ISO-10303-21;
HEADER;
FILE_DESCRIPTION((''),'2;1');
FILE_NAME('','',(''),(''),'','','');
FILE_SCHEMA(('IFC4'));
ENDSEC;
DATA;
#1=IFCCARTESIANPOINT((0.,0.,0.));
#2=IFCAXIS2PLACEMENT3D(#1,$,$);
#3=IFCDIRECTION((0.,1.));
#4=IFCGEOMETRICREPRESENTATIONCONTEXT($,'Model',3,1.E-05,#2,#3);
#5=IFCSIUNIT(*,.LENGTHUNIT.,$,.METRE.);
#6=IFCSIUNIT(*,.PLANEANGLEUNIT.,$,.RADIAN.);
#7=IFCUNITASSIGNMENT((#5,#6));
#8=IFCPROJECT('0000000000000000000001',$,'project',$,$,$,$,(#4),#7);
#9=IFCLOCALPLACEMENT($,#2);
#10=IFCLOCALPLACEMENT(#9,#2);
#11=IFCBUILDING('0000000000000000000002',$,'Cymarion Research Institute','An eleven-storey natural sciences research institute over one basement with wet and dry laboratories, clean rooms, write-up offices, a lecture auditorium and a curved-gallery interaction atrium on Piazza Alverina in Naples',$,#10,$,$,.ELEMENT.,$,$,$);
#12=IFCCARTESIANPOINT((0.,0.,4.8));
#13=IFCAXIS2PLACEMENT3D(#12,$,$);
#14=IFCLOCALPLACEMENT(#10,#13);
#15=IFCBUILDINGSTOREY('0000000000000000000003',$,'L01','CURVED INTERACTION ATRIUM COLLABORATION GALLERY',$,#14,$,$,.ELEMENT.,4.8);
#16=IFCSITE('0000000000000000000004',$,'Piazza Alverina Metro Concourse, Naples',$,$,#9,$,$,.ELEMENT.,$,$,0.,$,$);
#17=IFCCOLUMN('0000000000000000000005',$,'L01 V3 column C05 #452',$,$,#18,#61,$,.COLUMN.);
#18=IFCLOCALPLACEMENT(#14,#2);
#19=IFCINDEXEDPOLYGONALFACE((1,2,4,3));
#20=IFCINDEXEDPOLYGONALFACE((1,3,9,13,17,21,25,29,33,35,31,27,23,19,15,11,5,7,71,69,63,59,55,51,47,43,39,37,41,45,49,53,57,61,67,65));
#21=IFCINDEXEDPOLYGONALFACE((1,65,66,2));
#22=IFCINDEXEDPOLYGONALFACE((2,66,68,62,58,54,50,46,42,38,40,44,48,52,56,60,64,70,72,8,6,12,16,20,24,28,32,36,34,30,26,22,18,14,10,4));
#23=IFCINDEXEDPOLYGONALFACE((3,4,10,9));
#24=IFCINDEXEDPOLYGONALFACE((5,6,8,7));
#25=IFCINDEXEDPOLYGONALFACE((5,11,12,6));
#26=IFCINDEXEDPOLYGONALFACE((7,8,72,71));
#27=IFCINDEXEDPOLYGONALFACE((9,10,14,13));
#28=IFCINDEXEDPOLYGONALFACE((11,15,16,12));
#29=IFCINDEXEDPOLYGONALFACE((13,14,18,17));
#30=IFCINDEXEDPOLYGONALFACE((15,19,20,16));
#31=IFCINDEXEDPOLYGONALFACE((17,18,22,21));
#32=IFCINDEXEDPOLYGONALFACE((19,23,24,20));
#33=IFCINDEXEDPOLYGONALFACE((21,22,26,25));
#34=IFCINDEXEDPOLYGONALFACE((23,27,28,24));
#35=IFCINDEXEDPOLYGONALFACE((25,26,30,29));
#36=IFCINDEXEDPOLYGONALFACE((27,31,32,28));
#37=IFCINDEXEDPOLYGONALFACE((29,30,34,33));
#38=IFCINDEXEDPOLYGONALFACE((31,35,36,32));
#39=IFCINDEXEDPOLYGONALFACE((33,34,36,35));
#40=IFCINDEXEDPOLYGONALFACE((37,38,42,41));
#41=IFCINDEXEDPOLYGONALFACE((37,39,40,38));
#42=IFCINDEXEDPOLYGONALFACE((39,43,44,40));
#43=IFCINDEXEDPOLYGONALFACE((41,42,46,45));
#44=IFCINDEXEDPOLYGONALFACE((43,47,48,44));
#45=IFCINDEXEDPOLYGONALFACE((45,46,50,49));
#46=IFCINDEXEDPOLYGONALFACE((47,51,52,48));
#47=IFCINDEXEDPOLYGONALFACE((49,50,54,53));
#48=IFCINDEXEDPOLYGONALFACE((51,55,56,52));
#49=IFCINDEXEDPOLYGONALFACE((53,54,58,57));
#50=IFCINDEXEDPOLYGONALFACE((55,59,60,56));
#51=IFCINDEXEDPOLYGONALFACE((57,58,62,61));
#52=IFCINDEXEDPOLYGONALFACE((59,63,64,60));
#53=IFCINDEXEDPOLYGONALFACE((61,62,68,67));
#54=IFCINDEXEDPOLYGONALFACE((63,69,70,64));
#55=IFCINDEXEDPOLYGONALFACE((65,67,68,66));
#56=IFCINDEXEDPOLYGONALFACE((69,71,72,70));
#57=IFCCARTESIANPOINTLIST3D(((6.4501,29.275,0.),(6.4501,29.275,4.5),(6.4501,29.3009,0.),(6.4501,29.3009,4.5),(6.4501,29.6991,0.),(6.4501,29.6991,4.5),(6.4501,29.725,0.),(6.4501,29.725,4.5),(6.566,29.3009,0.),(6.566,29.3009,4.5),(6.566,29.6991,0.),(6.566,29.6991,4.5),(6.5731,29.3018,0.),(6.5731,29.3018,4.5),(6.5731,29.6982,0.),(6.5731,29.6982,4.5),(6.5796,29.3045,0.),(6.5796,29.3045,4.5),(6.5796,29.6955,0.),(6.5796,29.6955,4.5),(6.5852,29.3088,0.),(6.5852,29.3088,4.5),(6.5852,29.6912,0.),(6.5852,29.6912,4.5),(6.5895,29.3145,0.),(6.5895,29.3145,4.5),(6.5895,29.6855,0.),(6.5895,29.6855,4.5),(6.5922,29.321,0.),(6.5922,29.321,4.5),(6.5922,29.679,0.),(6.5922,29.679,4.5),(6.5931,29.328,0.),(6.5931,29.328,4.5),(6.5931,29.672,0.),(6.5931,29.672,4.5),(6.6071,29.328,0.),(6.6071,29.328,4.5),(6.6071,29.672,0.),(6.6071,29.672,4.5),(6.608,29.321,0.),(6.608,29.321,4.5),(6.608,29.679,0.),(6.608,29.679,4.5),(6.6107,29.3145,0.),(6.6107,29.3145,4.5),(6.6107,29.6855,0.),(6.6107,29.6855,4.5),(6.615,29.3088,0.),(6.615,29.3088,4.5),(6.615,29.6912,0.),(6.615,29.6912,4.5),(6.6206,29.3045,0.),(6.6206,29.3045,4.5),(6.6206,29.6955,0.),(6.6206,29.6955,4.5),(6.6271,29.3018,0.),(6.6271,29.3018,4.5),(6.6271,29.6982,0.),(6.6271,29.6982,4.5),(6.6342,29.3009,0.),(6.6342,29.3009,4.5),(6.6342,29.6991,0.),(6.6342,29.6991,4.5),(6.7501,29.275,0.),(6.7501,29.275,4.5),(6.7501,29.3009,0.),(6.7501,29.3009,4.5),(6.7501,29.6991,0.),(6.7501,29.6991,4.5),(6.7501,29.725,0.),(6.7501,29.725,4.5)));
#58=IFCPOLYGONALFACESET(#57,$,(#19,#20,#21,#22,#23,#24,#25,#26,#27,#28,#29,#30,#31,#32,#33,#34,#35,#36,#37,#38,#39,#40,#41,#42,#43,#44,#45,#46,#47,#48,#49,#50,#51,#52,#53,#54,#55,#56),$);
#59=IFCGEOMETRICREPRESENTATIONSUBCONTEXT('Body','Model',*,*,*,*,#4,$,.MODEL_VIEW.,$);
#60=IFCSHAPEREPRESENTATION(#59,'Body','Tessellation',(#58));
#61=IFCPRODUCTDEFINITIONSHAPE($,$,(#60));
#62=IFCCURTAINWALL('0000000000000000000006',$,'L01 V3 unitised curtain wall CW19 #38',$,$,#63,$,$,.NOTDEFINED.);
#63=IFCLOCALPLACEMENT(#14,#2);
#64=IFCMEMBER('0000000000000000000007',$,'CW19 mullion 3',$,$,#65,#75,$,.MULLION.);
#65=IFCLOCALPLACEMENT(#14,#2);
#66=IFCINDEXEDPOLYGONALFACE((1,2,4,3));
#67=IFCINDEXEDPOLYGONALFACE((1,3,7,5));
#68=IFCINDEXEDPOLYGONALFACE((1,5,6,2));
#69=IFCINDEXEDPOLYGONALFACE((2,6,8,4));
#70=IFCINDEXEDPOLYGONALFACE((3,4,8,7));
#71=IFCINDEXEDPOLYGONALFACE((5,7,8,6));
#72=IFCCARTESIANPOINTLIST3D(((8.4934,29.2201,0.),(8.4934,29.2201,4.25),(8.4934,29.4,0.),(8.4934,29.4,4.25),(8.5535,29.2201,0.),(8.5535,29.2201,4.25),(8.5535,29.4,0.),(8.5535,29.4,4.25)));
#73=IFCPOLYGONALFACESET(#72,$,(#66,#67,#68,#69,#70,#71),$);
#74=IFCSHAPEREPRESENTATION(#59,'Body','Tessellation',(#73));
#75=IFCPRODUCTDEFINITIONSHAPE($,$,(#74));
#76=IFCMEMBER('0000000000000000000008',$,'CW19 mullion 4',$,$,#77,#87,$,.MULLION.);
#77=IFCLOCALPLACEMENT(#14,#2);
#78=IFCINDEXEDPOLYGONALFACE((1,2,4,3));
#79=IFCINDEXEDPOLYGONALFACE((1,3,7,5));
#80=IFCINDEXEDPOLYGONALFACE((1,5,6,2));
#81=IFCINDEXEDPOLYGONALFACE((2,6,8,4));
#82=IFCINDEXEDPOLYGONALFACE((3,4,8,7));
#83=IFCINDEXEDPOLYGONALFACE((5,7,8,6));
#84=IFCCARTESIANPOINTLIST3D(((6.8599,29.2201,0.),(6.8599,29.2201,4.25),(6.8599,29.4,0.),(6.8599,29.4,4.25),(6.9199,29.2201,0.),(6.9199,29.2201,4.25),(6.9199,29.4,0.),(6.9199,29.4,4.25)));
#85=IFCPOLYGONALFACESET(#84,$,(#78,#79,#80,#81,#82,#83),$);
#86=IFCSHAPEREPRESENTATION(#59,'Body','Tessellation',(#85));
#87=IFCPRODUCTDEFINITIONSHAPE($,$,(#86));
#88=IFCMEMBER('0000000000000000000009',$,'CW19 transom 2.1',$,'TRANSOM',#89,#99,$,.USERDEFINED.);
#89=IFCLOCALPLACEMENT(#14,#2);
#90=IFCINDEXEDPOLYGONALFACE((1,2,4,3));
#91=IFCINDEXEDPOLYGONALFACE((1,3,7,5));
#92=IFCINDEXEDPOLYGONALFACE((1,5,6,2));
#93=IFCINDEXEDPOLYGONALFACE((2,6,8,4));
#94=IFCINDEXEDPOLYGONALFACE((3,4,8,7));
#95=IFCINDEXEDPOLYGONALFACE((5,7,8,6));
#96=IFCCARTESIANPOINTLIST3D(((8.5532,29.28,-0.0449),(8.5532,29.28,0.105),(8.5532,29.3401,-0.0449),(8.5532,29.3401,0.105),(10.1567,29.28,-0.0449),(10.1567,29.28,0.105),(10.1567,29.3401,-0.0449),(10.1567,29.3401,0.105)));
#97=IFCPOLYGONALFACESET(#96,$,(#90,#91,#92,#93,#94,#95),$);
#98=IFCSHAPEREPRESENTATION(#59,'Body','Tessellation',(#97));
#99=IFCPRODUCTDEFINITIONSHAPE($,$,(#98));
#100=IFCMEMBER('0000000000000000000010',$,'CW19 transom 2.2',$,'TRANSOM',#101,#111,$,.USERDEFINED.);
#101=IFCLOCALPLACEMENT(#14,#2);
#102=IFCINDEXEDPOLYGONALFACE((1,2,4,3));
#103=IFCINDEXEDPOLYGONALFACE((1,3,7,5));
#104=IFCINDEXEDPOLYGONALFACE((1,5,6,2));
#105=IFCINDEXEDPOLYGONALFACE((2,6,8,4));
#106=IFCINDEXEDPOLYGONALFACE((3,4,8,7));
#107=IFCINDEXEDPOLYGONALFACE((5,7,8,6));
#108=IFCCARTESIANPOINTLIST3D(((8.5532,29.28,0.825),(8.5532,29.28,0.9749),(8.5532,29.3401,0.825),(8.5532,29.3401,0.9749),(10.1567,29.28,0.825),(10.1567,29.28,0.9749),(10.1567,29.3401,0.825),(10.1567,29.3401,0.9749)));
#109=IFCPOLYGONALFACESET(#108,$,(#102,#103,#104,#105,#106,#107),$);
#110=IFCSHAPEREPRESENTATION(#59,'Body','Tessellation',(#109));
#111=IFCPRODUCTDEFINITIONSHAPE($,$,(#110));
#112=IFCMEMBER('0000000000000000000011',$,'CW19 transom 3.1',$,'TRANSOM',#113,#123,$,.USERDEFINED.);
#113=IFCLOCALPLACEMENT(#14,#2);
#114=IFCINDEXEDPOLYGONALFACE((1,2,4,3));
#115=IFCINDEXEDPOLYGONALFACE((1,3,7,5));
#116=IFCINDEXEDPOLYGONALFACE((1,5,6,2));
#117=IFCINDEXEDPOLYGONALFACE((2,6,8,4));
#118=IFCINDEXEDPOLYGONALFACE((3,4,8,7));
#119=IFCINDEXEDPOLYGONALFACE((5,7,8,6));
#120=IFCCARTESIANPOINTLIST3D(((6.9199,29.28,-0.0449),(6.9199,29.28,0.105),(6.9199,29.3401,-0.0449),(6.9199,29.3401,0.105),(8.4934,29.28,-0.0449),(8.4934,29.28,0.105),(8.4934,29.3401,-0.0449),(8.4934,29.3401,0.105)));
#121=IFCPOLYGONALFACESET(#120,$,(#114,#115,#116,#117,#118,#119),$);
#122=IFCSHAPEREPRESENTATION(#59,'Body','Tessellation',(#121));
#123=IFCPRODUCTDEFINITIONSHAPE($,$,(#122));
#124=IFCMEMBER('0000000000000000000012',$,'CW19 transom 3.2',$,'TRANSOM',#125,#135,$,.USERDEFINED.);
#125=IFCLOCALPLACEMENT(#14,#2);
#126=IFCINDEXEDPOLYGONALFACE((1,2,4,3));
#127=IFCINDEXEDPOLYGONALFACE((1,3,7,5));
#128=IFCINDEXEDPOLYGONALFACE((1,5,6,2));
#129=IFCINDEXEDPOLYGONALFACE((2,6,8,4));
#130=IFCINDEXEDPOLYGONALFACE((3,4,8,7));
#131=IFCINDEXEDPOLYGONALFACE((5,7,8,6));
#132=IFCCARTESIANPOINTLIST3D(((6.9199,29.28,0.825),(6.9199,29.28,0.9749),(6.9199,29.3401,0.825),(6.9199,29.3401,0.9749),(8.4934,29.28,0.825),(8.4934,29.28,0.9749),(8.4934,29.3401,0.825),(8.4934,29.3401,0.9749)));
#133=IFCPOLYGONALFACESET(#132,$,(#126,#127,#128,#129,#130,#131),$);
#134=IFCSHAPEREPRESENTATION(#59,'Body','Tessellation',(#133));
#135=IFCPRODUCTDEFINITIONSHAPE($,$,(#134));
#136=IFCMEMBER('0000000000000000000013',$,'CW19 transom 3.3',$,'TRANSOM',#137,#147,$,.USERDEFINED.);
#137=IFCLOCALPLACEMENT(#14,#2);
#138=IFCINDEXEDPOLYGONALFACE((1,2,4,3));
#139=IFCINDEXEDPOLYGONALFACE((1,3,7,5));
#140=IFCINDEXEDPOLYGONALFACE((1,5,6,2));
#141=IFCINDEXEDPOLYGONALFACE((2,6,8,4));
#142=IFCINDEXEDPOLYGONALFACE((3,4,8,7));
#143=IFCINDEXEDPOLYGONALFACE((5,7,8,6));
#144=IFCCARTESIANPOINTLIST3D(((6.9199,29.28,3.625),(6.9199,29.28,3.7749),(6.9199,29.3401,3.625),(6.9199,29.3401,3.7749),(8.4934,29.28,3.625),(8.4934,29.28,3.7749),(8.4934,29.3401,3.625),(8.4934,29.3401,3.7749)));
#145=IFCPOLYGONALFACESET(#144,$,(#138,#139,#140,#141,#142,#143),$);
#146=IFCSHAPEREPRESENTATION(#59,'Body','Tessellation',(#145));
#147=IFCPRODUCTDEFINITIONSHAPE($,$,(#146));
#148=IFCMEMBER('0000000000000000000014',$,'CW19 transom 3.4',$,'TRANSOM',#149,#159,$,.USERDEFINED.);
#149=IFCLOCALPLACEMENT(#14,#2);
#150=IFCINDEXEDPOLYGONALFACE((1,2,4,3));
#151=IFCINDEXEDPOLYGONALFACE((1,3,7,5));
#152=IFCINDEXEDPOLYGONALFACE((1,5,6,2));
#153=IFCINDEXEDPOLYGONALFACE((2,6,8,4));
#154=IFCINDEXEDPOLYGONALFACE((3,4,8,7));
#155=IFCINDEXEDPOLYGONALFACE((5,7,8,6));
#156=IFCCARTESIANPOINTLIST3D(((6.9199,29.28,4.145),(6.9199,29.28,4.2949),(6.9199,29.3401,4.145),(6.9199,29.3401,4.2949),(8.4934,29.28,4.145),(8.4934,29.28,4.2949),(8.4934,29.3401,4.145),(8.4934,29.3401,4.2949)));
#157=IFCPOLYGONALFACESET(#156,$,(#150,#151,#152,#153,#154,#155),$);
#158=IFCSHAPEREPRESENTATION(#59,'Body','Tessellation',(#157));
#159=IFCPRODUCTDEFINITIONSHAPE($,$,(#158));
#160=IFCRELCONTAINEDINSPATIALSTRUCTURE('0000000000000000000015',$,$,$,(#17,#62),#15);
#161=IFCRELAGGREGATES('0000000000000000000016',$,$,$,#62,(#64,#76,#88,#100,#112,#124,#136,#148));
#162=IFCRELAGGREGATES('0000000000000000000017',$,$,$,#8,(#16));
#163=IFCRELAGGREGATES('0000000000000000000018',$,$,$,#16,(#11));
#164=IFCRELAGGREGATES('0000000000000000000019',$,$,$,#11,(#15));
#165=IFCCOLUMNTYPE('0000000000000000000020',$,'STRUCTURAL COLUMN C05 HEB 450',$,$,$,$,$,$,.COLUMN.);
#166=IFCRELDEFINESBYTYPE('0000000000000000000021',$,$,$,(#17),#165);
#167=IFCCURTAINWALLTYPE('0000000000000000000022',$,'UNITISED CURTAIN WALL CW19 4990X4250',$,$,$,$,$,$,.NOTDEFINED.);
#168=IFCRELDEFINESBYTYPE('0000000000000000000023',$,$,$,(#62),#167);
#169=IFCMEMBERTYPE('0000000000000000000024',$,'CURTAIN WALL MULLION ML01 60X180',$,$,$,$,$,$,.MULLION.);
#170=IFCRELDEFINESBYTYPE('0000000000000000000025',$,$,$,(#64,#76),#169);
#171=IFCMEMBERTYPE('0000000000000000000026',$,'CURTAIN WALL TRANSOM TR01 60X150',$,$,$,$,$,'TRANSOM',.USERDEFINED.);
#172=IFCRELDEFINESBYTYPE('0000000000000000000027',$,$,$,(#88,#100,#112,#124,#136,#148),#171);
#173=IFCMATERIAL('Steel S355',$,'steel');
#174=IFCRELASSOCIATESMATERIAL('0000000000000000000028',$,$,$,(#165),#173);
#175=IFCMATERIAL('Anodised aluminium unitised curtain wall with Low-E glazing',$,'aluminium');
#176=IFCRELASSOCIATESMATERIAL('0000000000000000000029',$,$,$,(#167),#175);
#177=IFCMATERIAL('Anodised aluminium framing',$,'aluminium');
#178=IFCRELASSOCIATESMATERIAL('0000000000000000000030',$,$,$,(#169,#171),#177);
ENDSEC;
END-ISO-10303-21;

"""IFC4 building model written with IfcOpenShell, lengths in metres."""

from ifc_helpers import new_model, si_unit, direction, frame, origin, origin_2d, place, context, subcontext, project, spatial, rectangle, i_section, extrude, material, material_profile, profile_set, type_object, element, aggregate, save


model = new_model("IFC4")

# Units and contexts
model_context = context("Model", 3, precision=1e-05, world=origin(), true_north=direction((0.0, 1.0)))
body_context = subcontext(model_context, "Body", "Model", "MODEL_VIEW")
ifc_project = project(units=[si_unit("LENGTHUNIT", "METRE"), si_unit("PLANEANGLEUNIT", "RADIAN")], contexts=[model_context])

# Site, building, storey
site_placement = place(None, origin())
site = spatial("IfcSite", under=ifc_project, at=site_placement, Name="Piazza Alverina Metro Concourse, Naples", CompositionType="ELEMENT", RefElevation=0.0)
building_placement = place(site_placement, origin())
building = spatial("IfcBuilding", under=site, at=building_placement, Name="Cymarion Research Institute", Description="An eleven-storey natural sciences research institute over one basement with wet and dry laboratories, clean rooms, write-up offices, a lecture auditorium and a curved-gallery interaction atrium on Piazza Alverina in Naples", CompositionType="ELEMENT")
storey_placement = place(building_placement, frame((0.0, 0.0, 4.8)))
storey = spatial("IfcBuildingStorey", under=building, at=storey_placement, Name="L01", Description="CURVED INTERACTION ATRIUM COLLABORATION GALLERY", CompositionType="ELEMENT", Elevation=4.8)

# Column
ifc_material_1 = material(Name="Steel S355", Category="steel")
ifc_material_profile_1 = material_profile(ifc_material_1, i_section(OverallWidth=0.3, OverallDepth=0.45, WebThickness=0.0139, FlangeThickness=0.0259, FilletRadius=0.0271, at=origin_2d()), Name="HEB 450")
ifc_profile_set_1 = profile_set([ifc_material_profile_1], Name="Steel S355")
column_type = type_object("IfcColumnType", Name="STRUCTURAL COLUMN C05 HEB 450", PredefinedType="COLUMN", material=ifc_profile_set_1)
column_placement = place(storey_placement, frame((6.6001, 29.5, 0.0), z_axis=(0.0, 0.0, 1.0), x_axis=(1.0, 0.0, 0.0)))
element("IfcColumn", 1, at=column_placement, inside=storey, type_object=column_type, Name="L01 V3 column C05 #452", PredefinedType="COLUMN", context=body_context, shape_type="SweptSolid", body=[
    extrude(i_section(OverallWidth=0.3, OverallDepth=0.45, WebThickness=0.0139, FlangeThickness=0.0259, FilletRadius=0.0271, at=origin_2d()), origin(), (0.0, 0.0, 1.0), 4.5),
])

# Curtain wall, members
ifc_material_2 = material(Name="Anodised aluminium unitised curtain wall with Low-E glazing", Category="aluminium")
curtain_wall_type = type_object("IfcCurtainWallType", Name="UNITISED CURTAIN WALL CW19 4990X4250", PredefinedType="NOTDEFINED", material=ifc_material_2)
curtain_wall_placement = place(storey_placement, origin())
curtain_wall = element("IfcCurtainWall", 2, at=curtain_wall_placement, inside=storey, type_object=curtain_wall_type, Name="L01 V3 unitised curtain wall CW19 #38", PredefinedType="NOTDEFINED")
ifc_material_3 = material(Name="Anodised aluminium framing", Category="aluminium")
ifc_material_profile_2 = material_profile(ifc_material_3, rectangle(XDim=0.0601, YDim=0.1799, at=origin_2d()), Name="ALU MULLION 60x180")
ifc_profile_set_2 = profile_set([ifc_material_profile_2], Name="Anodised aluminium framing")
member_type_1 = type_object("IfcMemberType", Name="CURTAIN WALL MULLION ML01 60X180", PredefinedType="MULLION", material=ifc_profile_set_2)
member_1_placement = place(storey_placement, frame((8.5234, 29.3101, 0.0), z_axis=(0.0, 0.0, 1.0), x_axis=(-1.0, 0.0, 0.0)))
member_1 = element("IfcMember", 3, at=member_1_placement, type_object=member_type_1, Name="CW19 mullion 3", PredefinedType="MULLION", context=body_context, shape_type="SweptSolid", body=[
    extrude(rectangle(XDim=0.0601, YDim=0.1799, at=origin_2d()), origin(), (0.0, 0.0, 1.0), 4.25),
])
member_2_placement = place(storey_placement, frame((6.8899, 29.3101, 0.0), z_axis=(0.0, 0.0, 1.0), x_axis=(-1.0, 0.0, 0.0)))
member_2 = element("IfcMember", 4, at=member_2_placement, type_object=member_type_1, Name="CW19 mullion 4", PredefinedType="MULLION", context=body_context, shape_type="SweptSolid", body=[
    extrude(rectangle(XDim=0.0601, YDim=0.1799, at=origin_2d()), origin(), (0.0, 0.0, 1.0), 4.25),
])
ifc_material_profile_3 = material_profile(ifc_material_3, rectangle(XDim=0.0601, YDim=0.1499, at=origin_2d()), Name="ALU TRANSOM 60x150")
ifc_profile_set_3 = profile_set([ifc_material_profile_3], Name="Anodised aluminium framing")
member_type_2 = type_object("IfcMemberType", Name="CURTAIN WALL TRANSOM TR01 60X150", ElementType="TRANSOM", PredefinedType="USERDEFINED", material=ifc_profile_set_3)
member_3_placement = place(storey_placement, frame((10.1567, 29.3101, 0.03), z_axis=(-1.0, 0.0, 0.0), x_axis=(0.0, -1.0, 0.0)))
member_3 = element("IfcMember", 5, at=member_3_placement, type_object=member_type_2, Name="CW19 transom 2.1", ObjectType="TRANSOM", PredefinedType="USERDEFINED", context=body_context, shape_type="SweptSolid", body=[
    extrude(rectangle(XDim=0.0601, YDim=0.1499, at=origin_2d()), origin(), (0.0, 0.0, 1.0), 1.6035),
])
member_4_placement = place(storey_placement, frame((10.1567, 29.3101, 0.8999), z_axis=(-1.0, 0.0, 0.0), x_axis=(0.0, -1.0, 0.0)))
member_4 = element("IfcMember", 6, at=member_4_placement, type_object=member_type_2, Name="CW19 transom 2.2", ObjectType="TRANSOM", PredefinedType="USERDEFINED", context=body_context, shape_type="SweptSolid", body=[
    extrude(rectangle(XDim=0.0601, YDim=0.1499, at=origin_2d()), origin(), (0.0, 0.0, 1.0), 1.6035),
])
member_5_placement = place(storey_placement, frame((8.4934, 29.3101, 0.03), z_axis=(-1.0, 0.0, 0.0), x_axis=(0.0, -1.0, 0.0)))
member_5 = element("IfcMember", 7, at=member_5_placement, type_object=member_type_2, Name="CW19 transom 3.1", ObjectType="TRANSOM", PredefinedType="USERDEFINED", context=body_context, shape_type="SweptSolid", body=[
    extrude(rectangle(XDim=0.0601, YDim=0.1499, at=origin_2d()), origin(), (0.0, 0.0, 1.0), 1.5735),
])
member_6_placement = place(storey_placement, frame((8.4934, 29.3101, 0.8999), z_axis=(-1.0, 0.0, 0.0), x_axis=(0.0, -1.0, 0.0)))
member_6 = element("IfcMember", 8, at=member_6_placement, type_object=member_type_2, Name="CW19 transom 3.2", ObjectType="TRANSOM", PredefinedType="USERDEFINED", context=body_context, shape_type="SweptSolid", body=[
    extrude(rectangle(XDim=0.0601, YDim=0.1499, at=origin_2d()), origin(), (0.0, 0.0, 1.0), 1.5735),
])
member_7_placement = place(storey_placement, frame((8.4934, 29.3101, 3.7), z_axis=(-1.0, 0.0, 0.0), x_axis=(0.0, -1.0, 0.0)))
member_7 = element("IfcMember", 9, at=member_7_placement, type_object=member_type_2, Name="CW19 transom 3.3", ObjectType="TRANSOM", PredefinedType="USERDEFINED", context=body_context, shape_type="SweptSolid", body=[
    extrude(rectangle(XDim=0.0601, YDim=0.1499, at=origin_2d()), origin(), (0.0, 0.0, 1.0), 1.5735),
])
member_8_placement = place(storey_placement, frame((8.4934, 29.3101, 4.22), z_axis=(-1.0, 0.0, 0.0), x_axis=(0.0, -1.0, 0.0)))
member_8 = element("IfcMember", 10, at=member_8_placement, type_object=member_type_2, Name="CW19 transom 3.4", ObjectType="TRANSOM", PredefinedType="USERDEFINED", context=body_context, shape_type="SweptSolid", body=[
    extrude(rectangle(XDim=0.0601, YDim=0.1499, at=origin_2d()), origin(), (0.0, 0.0, 1.0), 1.5735),
])

aggregate(curtain_wall, [member_1, member_2, member_3, member_4, member_5, member_6, member_7, member_8])

save(model, "model.ifc")
